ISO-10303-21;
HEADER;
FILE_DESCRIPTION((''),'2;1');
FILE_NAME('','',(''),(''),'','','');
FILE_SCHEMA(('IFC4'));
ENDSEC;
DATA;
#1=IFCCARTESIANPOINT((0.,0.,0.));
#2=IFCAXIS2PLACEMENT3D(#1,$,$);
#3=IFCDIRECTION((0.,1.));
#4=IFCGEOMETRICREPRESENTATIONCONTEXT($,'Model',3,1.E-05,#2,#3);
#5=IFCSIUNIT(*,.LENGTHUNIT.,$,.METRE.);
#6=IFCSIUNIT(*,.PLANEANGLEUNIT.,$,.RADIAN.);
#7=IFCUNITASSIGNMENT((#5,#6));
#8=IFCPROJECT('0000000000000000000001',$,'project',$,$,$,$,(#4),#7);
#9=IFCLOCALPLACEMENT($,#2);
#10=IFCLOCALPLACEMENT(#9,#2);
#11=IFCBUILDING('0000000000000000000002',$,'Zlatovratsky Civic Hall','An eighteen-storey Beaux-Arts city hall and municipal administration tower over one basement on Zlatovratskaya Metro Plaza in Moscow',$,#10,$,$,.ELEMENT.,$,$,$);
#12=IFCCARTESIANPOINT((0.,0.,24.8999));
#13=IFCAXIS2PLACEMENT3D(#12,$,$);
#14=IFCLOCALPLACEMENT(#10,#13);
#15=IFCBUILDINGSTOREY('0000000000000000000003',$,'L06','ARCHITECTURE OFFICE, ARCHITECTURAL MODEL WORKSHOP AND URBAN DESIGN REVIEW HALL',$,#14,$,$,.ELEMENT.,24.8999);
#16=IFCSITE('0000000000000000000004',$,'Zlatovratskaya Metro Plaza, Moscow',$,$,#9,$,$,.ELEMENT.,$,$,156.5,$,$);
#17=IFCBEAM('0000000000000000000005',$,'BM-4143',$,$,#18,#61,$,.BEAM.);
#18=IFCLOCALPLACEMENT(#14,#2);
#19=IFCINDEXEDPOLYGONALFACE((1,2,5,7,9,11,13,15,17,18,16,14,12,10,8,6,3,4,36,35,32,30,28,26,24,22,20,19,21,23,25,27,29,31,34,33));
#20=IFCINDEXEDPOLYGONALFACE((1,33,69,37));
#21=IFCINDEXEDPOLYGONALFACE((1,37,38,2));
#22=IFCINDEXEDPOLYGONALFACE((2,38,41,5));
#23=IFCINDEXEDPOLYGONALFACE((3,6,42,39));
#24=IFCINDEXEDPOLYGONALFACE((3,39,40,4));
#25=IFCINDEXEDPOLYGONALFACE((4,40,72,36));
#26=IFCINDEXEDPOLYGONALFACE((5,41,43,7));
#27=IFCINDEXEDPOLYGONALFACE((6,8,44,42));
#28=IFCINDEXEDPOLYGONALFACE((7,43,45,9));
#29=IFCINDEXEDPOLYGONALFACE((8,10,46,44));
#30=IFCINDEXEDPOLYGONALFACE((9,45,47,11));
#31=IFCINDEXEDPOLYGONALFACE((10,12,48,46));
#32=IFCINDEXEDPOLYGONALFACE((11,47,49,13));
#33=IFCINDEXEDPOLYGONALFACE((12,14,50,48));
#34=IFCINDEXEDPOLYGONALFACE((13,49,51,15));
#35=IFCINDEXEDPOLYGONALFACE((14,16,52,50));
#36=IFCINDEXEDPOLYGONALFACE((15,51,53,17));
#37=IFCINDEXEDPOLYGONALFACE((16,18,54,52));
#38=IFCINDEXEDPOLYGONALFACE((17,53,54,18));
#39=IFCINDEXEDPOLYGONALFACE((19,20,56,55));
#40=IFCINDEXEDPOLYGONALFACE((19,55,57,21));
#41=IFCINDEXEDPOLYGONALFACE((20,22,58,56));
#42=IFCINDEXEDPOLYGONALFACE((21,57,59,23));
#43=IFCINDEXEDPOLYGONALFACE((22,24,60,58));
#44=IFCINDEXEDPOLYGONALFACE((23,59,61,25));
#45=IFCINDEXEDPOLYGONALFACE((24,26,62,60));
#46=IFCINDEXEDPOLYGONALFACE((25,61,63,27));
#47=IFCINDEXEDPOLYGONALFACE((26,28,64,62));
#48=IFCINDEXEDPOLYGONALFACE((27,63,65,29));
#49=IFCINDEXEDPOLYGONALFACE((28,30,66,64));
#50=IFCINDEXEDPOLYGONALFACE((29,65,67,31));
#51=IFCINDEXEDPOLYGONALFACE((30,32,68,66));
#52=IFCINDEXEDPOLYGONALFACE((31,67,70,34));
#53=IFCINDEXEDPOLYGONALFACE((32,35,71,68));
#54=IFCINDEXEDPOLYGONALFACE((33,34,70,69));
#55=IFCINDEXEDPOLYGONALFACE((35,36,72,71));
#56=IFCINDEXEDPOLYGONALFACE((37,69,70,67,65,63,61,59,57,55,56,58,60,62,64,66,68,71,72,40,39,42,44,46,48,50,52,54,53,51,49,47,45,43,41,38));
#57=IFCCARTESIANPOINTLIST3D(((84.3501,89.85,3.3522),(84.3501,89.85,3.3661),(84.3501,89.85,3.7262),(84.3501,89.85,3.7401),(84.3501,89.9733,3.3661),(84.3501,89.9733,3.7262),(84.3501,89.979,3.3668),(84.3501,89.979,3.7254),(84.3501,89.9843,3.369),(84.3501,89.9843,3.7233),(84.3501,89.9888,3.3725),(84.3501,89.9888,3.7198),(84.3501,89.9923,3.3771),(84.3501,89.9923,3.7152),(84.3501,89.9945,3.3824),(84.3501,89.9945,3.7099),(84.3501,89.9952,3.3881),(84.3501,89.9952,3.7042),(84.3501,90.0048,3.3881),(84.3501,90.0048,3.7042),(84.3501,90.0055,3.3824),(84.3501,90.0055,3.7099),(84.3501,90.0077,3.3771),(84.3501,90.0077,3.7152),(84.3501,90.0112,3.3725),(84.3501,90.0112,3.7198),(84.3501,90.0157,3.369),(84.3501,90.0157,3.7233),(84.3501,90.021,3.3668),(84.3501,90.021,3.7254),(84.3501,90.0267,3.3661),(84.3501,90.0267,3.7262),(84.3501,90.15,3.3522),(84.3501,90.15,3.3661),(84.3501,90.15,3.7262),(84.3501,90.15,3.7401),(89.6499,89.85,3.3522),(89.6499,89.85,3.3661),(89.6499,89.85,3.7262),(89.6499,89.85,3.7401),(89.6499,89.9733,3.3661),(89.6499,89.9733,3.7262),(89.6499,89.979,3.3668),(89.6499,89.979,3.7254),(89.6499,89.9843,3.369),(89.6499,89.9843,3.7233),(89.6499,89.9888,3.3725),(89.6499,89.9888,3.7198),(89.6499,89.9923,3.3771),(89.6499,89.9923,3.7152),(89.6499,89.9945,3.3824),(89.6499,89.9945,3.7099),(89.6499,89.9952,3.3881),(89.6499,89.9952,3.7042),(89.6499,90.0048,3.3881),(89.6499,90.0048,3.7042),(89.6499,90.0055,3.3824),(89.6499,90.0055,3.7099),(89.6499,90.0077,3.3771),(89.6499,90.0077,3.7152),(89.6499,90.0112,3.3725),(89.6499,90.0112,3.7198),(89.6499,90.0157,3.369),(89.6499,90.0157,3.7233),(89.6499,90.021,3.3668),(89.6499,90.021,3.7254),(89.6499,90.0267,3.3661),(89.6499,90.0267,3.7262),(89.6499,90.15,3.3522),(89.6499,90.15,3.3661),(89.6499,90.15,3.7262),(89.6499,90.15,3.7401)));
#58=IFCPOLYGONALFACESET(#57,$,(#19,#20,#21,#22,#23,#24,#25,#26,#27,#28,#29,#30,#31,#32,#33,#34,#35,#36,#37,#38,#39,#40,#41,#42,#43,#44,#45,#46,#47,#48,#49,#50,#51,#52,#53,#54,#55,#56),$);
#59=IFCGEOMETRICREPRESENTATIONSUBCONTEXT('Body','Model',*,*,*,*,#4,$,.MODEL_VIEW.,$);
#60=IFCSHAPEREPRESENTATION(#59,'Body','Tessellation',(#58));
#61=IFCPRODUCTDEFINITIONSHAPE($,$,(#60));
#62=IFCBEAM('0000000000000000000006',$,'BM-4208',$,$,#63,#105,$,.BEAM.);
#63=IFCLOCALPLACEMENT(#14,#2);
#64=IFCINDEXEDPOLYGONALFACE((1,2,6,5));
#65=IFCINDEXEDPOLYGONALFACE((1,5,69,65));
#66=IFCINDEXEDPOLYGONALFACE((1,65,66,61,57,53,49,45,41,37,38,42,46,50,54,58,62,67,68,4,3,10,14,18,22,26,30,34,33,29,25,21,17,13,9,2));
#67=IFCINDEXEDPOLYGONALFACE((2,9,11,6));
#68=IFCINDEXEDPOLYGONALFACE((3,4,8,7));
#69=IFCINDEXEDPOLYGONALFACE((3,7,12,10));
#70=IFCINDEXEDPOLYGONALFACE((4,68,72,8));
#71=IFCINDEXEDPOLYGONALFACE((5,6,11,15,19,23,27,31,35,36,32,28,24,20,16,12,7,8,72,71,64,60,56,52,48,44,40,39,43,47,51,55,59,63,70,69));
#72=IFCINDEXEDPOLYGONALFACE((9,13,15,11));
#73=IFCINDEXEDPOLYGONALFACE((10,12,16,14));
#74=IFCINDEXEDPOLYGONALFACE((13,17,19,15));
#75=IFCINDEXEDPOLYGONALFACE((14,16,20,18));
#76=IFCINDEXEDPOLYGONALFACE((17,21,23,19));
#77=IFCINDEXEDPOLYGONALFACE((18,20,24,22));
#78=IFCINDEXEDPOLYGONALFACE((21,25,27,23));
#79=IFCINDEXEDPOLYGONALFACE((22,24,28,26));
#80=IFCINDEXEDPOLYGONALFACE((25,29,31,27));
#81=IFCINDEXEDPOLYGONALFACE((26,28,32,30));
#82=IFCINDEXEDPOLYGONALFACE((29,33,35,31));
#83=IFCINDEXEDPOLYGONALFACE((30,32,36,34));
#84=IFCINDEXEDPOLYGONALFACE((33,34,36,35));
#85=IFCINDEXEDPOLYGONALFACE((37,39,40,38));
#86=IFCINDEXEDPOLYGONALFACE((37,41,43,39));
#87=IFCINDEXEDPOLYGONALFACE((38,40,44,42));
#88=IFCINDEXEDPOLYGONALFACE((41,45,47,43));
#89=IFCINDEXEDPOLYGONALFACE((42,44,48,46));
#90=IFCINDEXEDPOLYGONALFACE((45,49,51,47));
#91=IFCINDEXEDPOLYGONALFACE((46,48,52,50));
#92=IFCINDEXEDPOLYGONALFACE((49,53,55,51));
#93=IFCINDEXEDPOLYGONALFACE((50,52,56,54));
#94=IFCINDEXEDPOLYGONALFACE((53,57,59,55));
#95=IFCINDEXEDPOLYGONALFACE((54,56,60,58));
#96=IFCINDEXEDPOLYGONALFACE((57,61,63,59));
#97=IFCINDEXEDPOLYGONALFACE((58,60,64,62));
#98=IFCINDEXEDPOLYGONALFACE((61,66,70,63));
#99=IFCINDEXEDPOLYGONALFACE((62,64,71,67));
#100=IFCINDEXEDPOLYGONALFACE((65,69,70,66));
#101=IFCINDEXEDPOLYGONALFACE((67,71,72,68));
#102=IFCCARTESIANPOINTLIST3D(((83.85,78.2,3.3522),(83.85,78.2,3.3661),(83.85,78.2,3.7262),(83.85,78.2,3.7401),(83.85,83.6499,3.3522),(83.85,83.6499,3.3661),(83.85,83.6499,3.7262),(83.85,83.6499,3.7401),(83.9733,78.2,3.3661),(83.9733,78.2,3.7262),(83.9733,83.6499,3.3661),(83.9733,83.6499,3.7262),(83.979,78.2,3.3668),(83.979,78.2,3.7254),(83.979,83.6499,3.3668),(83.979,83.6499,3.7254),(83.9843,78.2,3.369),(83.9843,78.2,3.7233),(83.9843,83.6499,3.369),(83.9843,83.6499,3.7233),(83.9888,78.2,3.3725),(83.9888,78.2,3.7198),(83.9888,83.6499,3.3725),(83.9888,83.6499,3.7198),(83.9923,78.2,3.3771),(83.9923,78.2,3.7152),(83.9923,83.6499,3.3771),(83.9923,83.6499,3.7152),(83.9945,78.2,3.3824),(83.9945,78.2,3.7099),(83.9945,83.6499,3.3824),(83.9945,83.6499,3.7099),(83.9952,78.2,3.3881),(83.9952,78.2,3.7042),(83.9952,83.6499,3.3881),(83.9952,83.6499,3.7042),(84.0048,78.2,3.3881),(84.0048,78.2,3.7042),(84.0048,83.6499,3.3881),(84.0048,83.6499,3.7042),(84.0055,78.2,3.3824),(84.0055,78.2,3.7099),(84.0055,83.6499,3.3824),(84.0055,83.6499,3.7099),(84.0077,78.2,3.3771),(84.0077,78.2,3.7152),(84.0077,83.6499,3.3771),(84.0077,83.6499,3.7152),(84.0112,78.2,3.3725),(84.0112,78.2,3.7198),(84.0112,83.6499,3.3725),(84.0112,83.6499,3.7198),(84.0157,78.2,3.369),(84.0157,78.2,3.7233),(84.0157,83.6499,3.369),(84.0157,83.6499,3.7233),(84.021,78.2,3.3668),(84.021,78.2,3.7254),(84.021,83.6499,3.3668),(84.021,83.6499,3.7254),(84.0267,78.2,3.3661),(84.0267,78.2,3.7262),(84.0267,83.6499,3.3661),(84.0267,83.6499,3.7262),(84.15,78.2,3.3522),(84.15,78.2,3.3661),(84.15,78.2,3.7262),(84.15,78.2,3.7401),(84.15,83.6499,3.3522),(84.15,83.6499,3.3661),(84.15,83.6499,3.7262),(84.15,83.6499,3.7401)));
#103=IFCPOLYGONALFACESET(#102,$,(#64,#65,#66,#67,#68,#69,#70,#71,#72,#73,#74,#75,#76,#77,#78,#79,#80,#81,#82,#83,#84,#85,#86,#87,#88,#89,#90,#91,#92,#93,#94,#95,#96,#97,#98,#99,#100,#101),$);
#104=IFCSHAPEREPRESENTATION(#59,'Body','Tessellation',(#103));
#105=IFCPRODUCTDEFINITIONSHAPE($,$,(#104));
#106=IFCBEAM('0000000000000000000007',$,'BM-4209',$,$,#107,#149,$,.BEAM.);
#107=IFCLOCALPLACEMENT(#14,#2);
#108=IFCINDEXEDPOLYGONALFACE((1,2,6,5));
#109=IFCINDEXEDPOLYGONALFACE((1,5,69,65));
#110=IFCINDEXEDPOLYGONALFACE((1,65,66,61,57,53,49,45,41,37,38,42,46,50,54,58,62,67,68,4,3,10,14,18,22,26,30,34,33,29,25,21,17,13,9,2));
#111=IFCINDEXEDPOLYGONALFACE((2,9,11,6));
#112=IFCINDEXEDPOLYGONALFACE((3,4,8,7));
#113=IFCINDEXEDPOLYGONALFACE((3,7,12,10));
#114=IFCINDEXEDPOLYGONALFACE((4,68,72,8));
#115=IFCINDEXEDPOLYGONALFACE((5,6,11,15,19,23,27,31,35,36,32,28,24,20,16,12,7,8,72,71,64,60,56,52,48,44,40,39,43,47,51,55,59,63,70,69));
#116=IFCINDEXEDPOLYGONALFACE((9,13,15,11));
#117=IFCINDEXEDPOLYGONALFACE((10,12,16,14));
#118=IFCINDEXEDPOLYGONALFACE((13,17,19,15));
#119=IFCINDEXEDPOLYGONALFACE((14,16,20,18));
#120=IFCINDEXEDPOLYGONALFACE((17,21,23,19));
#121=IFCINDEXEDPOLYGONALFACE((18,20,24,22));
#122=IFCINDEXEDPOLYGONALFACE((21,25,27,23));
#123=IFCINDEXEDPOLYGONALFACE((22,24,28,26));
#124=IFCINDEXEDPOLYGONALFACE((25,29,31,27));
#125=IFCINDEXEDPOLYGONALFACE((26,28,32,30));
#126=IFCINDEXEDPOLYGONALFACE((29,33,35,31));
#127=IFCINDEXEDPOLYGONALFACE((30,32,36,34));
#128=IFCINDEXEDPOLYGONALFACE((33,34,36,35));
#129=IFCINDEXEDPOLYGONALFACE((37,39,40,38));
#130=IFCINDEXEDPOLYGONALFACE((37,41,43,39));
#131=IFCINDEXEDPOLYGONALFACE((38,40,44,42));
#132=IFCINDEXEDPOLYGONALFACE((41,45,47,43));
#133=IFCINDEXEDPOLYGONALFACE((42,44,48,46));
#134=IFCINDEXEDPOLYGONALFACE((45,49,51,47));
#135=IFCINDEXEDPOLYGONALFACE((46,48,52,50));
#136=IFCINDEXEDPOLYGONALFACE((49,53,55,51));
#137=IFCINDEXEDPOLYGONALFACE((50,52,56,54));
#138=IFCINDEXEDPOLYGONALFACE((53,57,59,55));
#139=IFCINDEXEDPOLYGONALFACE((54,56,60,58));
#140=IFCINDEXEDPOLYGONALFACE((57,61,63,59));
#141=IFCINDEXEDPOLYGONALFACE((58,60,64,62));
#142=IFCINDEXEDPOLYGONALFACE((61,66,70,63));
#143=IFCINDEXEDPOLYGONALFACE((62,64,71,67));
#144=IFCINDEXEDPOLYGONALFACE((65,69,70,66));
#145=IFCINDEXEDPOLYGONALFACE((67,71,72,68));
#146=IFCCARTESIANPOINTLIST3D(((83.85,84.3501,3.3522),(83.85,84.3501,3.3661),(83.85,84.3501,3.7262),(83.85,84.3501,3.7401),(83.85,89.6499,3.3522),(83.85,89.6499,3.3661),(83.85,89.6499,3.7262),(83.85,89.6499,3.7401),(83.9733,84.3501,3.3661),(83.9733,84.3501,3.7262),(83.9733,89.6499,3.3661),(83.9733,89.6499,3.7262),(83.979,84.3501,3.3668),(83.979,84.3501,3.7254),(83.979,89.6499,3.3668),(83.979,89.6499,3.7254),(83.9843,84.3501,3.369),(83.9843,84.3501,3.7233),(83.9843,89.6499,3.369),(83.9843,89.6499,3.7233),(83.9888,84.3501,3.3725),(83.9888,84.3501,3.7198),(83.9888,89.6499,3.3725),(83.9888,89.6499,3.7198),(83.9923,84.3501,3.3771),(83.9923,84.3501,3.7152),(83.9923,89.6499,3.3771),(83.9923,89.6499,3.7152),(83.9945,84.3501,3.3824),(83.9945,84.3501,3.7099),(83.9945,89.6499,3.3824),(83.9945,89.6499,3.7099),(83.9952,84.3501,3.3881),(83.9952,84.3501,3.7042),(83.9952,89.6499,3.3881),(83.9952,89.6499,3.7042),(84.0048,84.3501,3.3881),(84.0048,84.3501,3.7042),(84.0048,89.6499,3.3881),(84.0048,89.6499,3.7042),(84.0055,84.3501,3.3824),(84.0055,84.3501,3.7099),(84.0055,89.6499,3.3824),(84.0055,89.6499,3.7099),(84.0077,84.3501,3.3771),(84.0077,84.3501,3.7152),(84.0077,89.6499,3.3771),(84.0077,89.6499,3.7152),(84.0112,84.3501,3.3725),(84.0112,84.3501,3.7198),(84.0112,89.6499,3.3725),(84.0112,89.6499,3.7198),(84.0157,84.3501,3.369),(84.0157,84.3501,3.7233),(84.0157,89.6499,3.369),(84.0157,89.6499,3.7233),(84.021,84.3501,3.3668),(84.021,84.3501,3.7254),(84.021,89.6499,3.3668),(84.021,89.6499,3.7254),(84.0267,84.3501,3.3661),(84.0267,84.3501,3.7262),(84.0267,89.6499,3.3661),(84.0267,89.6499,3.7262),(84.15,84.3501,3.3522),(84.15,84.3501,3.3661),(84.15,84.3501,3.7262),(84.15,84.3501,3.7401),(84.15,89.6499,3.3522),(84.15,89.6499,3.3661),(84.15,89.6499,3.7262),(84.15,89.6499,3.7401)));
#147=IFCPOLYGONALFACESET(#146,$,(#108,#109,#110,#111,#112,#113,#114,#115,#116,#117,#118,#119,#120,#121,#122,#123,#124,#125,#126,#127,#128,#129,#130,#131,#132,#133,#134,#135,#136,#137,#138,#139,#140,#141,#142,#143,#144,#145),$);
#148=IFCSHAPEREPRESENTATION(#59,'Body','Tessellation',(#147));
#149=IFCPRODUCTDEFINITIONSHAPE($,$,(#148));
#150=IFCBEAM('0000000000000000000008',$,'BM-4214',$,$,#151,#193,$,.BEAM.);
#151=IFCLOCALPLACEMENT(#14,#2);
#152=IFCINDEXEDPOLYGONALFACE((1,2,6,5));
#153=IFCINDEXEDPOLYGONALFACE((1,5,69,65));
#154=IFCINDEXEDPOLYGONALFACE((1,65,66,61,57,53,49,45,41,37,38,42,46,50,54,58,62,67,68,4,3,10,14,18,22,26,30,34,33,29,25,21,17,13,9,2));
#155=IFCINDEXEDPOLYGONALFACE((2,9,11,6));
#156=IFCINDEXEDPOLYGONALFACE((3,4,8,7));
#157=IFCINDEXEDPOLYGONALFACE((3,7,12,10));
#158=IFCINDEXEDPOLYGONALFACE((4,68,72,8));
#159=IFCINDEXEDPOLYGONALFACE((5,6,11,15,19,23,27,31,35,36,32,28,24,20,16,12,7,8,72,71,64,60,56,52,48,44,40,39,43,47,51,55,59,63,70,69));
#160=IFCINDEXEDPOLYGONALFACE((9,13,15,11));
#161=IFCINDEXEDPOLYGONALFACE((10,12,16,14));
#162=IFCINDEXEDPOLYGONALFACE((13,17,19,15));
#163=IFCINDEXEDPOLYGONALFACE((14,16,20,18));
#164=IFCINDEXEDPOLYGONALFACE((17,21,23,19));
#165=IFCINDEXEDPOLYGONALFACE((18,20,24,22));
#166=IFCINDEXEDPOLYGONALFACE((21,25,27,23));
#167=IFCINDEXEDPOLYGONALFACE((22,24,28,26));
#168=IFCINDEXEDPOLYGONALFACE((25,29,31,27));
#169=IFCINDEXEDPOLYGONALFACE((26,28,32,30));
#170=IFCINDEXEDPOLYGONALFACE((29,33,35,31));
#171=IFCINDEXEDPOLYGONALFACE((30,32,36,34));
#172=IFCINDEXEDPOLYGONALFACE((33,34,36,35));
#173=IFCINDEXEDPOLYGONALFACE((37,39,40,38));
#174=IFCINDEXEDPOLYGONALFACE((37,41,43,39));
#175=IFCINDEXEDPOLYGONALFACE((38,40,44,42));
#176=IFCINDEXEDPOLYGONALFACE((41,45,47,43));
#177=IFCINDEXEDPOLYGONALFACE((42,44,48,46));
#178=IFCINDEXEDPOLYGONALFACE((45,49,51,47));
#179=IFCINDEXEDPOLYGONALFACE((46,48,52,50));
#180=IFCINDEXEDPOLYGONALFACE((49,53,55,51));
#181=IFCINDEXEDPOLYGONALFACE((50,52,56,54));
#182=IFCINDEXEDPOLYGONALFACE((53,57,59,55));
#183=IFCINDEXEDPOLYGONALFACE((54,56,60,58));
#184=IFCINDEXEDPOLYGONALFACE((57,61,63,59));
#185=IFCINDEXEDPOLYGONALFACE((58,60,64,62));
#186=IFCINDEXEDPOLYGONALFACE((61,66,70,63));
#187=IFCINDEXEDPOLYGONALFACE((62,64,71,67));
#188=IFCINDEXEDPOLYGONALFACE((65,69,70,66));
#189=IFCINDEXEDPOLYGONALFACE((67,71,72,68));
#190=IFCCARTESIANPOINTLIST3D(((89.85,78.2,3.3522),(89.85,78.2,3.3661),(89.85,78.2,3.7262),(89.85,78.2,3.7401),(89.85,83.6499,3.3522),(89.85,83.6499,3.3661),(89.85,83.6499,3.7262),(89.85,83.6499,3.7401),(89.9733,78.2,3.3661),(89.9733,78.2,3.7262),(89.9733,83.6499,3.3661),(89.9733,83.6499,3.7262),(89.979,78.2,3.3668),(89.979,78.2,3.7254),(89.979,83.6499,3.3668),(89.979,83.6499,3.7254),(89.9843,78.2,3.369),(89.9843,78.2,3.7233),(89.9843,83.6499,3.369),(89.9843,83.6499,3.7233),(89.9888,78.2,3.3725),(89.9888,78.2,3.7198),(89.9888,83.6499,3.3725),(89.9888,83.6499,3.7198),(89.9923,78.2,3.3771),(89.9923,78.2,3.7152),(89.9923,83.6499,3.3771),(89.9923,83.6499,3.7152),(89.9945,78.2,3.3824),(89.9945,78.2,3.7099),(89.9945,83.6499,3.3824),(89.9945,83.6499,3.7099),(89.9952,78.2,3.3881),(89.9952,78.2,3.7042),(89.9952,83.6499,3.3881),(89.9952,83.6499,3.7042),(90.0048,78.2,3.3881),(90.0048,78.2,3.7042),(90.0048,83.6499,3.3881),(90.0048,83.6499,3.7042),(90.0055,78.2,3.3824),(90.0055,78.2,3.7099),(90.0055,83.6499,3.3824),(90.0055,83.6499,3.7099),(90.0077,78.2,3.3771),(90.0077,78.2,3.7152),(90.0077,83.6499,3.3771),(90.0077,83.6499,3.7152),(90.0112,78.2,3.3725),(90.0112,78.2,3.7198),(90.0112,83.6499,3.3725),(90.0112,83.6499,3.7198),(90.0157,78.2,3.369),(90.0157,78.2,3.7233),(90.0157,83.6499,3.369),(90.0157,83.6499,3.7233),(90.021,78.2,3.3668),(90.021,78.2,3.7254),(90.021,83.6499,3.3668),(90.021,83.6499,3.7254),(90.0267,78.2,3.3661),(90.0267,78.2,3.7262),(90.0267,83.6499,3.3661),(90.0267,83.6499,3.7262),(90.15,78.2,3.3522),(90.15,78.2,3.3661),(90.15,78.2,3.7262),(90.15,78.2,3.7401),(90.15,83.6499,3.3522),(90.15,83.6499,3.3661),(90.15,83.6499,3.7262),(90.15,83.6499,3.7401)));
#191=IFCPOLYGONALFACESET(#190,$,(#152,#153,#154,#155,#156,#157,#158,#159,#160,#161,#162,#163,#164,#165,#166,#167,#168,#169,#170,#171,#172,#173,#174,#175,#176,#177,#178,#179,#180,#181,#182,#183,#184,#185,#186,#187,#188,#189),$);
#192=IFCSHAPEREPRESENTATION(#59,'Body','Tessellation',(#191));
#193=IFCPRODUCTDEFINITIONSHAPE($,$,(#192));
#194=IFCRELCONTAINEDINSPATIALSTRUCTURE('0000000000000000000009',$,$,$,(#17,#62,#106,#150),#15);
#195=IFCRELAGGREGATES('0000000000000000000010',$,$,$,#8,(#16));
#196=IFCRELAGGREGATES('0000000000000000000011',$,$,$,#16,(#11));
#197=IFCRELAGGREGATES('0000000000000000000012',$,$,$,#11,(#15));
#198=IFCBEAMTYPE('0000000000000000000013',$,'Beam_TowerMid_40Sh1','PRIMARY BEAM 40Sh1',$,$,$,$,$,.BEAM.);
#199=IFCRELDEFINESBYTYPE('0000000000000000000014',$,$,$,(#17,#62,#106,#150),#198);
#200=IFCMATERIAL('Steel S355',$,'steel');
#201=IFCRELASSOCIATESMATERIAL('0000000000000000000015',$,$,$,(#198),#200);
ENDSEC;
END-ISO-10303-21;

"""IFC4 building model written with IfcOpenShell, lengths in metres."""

from ifc_helpers import new_model, si_unit, direction, frame, origin, origin_2d, place, context, subcontext, project, spatial, i_section, extrude, material, material_profile, profile_set, type_object, element, save


model = new_model("IFC4")

# Units and contexts
model_context = context("Model", 3, precision=1e-05, world=origin(), true_north=direction((0.0, 1.0)))
body_context = subcontext(model_context, "Body", "Model", "MODEL_VIEW")
ifc_project = project(units=[si_unit("LENGTHUNIT", "METRE"), si_unit("PLANEANGLEUNIT", "RADIAN")], contexts=[model_context])

# Site, building, storey
site_placement = place(None, origin())
site = spatial("IfcSite", under=ifc_project, at=site_placement, Name="Zlatovratskaya Metro Plaza, Moscow", CompositionType="ELEMENT", RefElevation=156.5)
building_placement = place(site_placement, origin())
building = spatial("IfcBuilding", under=site, at=building_placement, Name="Zlatovratsky Civic Hall", Description="An eighteen-storey Beaux-Arts city hall and municipal administration tower over one basement on Zlatovratskaya Metro Plaza in Moscow", CompositionType="ELEMENT")
storey_placement = place(building_placement, frame((0.0, 0.0, 24.8999)))
storey = spatial("IfcBuildingStorey", under=building, at=storey_placement, Name="L06", Description="ARCHITECTURE OFFICE, ARCHITECTURAL MODEL WORKSHOP AND URBAN DESIGN REVIEW HALL", CompositionType="ELEMENT", Elevation=24.8999)

# Shared definitions
ifc_material_1 = material(Name="Steel S355", Category="steel")

# Beams
ifc_material_profile_1 = material_profile(ifc_material_1, i_section(OverallWidth=0.3, OverallDepth=0.3879, WebThickness=0.0095, FlangeThickness=0.0139, FilletRadius=0.022, at=origin_2d()), Name="40Sh1")
ifc_profile_set_1 = profile_set([ifc_material_profile_1], Name="Steel S355")
beam_type = type_object("IfcBeamType", Name="Beam_TowerMid_40Sh1", Description="PRIMARY BEAM 40Sh1", PredefinedType="BEAM", material=ifc_profile_set_1)
for number, where, z_axis, x_axis, name in (
    (1, (84.3501, 90.0, 3.5461), (1.0, 0.0, 0.0), (0.0, 1.0, 0.0), "BM-4143"),
):
    element("IfcBeam", number, at=place(storey_placement, frame(where, z_axis=z_axis, x_axis=x_axis)), inside=storey, type_object=beam_type, Name=name, PredefinedType="BEAM", context=body_context, shape_type="SweptSolid", body=[
        extrude(i_section(OverallWidth=0.3, OverallDepth=0.3879, WebThickness=0.0095, FlangeThickness=0.0139, FilletRadius=0.022, at=origin_2d()), origin(), (0.0, 0.0, 1.0), 5.2998),
    ])
beam_1_placement = place(storey_placement, frame((84.0, 78.2, 3.5461), z_axis=(0.0, 1.0, 0.0), x_axis=(-1.0, 0.0, 0.0)))
element("IfcBeam", 2, at=beam_1_placement, inside=storey, type_object=beam_type, Name="BM-4208", PredefinedType="BEAM", context=body_context, shape_type="SweptSolid", body=[
    extrude(i_section(OverallWidth=0.3, OverallDepth=0.3879, WebThickness=0.0095, FlangeThickness=0.0139, FilletRadius=0.022, at=origin_2d()), origin(), (0.0, 0.0, 1.0), 5.45),
])
beam_2_placement = place(storey_placement, frame((84.0, 84.3501, 3.5461), z_axis=(0.0, 1.0, 0.0), x_axis=(-1.0, 0.0, 0.0)))
element("IfcBeam", 3, at=beam_2_placement, inside=storey, type_object=beam_type, Name="BM-4209", PredefinedType="BEAM", context=body_context, shape_type="SweptSolid", body=[
    extrude(i_section(OverallWidth=0.3, OverallDepth=0.3879, WebThickness=0.0095, FlangeThickness=0.0139, FilletRadius=0.022, at=origin_2d()), origin(), (0.0, 0.0, 1.0), 5.2998),
])
beam_3_placement = place(storey_placement, frame((90.0, 78.2, 3.5461), z_axis=(0.0, 1.0, 0.0), x_axis=(-1.0, 0.0, 0.0)))
element("IfcBeam", 4, at=beam_3_placement, inside=storey, type_object=beam_type, Name="BM-4214", PredefinedType="BEAM", context=body_context, shape_type="SweptSolid", body=[
    extrude(i_section(OverallWidth=0.3, OverallDepth=0.3879, WebThickness=0.0095, FlangeThickness=0.0139, FilletRadius=0.022, at=origin_2d()), origin(), (0.0, 0.0, 1.0), 5.45),
])

save(model, "model.ifc")
